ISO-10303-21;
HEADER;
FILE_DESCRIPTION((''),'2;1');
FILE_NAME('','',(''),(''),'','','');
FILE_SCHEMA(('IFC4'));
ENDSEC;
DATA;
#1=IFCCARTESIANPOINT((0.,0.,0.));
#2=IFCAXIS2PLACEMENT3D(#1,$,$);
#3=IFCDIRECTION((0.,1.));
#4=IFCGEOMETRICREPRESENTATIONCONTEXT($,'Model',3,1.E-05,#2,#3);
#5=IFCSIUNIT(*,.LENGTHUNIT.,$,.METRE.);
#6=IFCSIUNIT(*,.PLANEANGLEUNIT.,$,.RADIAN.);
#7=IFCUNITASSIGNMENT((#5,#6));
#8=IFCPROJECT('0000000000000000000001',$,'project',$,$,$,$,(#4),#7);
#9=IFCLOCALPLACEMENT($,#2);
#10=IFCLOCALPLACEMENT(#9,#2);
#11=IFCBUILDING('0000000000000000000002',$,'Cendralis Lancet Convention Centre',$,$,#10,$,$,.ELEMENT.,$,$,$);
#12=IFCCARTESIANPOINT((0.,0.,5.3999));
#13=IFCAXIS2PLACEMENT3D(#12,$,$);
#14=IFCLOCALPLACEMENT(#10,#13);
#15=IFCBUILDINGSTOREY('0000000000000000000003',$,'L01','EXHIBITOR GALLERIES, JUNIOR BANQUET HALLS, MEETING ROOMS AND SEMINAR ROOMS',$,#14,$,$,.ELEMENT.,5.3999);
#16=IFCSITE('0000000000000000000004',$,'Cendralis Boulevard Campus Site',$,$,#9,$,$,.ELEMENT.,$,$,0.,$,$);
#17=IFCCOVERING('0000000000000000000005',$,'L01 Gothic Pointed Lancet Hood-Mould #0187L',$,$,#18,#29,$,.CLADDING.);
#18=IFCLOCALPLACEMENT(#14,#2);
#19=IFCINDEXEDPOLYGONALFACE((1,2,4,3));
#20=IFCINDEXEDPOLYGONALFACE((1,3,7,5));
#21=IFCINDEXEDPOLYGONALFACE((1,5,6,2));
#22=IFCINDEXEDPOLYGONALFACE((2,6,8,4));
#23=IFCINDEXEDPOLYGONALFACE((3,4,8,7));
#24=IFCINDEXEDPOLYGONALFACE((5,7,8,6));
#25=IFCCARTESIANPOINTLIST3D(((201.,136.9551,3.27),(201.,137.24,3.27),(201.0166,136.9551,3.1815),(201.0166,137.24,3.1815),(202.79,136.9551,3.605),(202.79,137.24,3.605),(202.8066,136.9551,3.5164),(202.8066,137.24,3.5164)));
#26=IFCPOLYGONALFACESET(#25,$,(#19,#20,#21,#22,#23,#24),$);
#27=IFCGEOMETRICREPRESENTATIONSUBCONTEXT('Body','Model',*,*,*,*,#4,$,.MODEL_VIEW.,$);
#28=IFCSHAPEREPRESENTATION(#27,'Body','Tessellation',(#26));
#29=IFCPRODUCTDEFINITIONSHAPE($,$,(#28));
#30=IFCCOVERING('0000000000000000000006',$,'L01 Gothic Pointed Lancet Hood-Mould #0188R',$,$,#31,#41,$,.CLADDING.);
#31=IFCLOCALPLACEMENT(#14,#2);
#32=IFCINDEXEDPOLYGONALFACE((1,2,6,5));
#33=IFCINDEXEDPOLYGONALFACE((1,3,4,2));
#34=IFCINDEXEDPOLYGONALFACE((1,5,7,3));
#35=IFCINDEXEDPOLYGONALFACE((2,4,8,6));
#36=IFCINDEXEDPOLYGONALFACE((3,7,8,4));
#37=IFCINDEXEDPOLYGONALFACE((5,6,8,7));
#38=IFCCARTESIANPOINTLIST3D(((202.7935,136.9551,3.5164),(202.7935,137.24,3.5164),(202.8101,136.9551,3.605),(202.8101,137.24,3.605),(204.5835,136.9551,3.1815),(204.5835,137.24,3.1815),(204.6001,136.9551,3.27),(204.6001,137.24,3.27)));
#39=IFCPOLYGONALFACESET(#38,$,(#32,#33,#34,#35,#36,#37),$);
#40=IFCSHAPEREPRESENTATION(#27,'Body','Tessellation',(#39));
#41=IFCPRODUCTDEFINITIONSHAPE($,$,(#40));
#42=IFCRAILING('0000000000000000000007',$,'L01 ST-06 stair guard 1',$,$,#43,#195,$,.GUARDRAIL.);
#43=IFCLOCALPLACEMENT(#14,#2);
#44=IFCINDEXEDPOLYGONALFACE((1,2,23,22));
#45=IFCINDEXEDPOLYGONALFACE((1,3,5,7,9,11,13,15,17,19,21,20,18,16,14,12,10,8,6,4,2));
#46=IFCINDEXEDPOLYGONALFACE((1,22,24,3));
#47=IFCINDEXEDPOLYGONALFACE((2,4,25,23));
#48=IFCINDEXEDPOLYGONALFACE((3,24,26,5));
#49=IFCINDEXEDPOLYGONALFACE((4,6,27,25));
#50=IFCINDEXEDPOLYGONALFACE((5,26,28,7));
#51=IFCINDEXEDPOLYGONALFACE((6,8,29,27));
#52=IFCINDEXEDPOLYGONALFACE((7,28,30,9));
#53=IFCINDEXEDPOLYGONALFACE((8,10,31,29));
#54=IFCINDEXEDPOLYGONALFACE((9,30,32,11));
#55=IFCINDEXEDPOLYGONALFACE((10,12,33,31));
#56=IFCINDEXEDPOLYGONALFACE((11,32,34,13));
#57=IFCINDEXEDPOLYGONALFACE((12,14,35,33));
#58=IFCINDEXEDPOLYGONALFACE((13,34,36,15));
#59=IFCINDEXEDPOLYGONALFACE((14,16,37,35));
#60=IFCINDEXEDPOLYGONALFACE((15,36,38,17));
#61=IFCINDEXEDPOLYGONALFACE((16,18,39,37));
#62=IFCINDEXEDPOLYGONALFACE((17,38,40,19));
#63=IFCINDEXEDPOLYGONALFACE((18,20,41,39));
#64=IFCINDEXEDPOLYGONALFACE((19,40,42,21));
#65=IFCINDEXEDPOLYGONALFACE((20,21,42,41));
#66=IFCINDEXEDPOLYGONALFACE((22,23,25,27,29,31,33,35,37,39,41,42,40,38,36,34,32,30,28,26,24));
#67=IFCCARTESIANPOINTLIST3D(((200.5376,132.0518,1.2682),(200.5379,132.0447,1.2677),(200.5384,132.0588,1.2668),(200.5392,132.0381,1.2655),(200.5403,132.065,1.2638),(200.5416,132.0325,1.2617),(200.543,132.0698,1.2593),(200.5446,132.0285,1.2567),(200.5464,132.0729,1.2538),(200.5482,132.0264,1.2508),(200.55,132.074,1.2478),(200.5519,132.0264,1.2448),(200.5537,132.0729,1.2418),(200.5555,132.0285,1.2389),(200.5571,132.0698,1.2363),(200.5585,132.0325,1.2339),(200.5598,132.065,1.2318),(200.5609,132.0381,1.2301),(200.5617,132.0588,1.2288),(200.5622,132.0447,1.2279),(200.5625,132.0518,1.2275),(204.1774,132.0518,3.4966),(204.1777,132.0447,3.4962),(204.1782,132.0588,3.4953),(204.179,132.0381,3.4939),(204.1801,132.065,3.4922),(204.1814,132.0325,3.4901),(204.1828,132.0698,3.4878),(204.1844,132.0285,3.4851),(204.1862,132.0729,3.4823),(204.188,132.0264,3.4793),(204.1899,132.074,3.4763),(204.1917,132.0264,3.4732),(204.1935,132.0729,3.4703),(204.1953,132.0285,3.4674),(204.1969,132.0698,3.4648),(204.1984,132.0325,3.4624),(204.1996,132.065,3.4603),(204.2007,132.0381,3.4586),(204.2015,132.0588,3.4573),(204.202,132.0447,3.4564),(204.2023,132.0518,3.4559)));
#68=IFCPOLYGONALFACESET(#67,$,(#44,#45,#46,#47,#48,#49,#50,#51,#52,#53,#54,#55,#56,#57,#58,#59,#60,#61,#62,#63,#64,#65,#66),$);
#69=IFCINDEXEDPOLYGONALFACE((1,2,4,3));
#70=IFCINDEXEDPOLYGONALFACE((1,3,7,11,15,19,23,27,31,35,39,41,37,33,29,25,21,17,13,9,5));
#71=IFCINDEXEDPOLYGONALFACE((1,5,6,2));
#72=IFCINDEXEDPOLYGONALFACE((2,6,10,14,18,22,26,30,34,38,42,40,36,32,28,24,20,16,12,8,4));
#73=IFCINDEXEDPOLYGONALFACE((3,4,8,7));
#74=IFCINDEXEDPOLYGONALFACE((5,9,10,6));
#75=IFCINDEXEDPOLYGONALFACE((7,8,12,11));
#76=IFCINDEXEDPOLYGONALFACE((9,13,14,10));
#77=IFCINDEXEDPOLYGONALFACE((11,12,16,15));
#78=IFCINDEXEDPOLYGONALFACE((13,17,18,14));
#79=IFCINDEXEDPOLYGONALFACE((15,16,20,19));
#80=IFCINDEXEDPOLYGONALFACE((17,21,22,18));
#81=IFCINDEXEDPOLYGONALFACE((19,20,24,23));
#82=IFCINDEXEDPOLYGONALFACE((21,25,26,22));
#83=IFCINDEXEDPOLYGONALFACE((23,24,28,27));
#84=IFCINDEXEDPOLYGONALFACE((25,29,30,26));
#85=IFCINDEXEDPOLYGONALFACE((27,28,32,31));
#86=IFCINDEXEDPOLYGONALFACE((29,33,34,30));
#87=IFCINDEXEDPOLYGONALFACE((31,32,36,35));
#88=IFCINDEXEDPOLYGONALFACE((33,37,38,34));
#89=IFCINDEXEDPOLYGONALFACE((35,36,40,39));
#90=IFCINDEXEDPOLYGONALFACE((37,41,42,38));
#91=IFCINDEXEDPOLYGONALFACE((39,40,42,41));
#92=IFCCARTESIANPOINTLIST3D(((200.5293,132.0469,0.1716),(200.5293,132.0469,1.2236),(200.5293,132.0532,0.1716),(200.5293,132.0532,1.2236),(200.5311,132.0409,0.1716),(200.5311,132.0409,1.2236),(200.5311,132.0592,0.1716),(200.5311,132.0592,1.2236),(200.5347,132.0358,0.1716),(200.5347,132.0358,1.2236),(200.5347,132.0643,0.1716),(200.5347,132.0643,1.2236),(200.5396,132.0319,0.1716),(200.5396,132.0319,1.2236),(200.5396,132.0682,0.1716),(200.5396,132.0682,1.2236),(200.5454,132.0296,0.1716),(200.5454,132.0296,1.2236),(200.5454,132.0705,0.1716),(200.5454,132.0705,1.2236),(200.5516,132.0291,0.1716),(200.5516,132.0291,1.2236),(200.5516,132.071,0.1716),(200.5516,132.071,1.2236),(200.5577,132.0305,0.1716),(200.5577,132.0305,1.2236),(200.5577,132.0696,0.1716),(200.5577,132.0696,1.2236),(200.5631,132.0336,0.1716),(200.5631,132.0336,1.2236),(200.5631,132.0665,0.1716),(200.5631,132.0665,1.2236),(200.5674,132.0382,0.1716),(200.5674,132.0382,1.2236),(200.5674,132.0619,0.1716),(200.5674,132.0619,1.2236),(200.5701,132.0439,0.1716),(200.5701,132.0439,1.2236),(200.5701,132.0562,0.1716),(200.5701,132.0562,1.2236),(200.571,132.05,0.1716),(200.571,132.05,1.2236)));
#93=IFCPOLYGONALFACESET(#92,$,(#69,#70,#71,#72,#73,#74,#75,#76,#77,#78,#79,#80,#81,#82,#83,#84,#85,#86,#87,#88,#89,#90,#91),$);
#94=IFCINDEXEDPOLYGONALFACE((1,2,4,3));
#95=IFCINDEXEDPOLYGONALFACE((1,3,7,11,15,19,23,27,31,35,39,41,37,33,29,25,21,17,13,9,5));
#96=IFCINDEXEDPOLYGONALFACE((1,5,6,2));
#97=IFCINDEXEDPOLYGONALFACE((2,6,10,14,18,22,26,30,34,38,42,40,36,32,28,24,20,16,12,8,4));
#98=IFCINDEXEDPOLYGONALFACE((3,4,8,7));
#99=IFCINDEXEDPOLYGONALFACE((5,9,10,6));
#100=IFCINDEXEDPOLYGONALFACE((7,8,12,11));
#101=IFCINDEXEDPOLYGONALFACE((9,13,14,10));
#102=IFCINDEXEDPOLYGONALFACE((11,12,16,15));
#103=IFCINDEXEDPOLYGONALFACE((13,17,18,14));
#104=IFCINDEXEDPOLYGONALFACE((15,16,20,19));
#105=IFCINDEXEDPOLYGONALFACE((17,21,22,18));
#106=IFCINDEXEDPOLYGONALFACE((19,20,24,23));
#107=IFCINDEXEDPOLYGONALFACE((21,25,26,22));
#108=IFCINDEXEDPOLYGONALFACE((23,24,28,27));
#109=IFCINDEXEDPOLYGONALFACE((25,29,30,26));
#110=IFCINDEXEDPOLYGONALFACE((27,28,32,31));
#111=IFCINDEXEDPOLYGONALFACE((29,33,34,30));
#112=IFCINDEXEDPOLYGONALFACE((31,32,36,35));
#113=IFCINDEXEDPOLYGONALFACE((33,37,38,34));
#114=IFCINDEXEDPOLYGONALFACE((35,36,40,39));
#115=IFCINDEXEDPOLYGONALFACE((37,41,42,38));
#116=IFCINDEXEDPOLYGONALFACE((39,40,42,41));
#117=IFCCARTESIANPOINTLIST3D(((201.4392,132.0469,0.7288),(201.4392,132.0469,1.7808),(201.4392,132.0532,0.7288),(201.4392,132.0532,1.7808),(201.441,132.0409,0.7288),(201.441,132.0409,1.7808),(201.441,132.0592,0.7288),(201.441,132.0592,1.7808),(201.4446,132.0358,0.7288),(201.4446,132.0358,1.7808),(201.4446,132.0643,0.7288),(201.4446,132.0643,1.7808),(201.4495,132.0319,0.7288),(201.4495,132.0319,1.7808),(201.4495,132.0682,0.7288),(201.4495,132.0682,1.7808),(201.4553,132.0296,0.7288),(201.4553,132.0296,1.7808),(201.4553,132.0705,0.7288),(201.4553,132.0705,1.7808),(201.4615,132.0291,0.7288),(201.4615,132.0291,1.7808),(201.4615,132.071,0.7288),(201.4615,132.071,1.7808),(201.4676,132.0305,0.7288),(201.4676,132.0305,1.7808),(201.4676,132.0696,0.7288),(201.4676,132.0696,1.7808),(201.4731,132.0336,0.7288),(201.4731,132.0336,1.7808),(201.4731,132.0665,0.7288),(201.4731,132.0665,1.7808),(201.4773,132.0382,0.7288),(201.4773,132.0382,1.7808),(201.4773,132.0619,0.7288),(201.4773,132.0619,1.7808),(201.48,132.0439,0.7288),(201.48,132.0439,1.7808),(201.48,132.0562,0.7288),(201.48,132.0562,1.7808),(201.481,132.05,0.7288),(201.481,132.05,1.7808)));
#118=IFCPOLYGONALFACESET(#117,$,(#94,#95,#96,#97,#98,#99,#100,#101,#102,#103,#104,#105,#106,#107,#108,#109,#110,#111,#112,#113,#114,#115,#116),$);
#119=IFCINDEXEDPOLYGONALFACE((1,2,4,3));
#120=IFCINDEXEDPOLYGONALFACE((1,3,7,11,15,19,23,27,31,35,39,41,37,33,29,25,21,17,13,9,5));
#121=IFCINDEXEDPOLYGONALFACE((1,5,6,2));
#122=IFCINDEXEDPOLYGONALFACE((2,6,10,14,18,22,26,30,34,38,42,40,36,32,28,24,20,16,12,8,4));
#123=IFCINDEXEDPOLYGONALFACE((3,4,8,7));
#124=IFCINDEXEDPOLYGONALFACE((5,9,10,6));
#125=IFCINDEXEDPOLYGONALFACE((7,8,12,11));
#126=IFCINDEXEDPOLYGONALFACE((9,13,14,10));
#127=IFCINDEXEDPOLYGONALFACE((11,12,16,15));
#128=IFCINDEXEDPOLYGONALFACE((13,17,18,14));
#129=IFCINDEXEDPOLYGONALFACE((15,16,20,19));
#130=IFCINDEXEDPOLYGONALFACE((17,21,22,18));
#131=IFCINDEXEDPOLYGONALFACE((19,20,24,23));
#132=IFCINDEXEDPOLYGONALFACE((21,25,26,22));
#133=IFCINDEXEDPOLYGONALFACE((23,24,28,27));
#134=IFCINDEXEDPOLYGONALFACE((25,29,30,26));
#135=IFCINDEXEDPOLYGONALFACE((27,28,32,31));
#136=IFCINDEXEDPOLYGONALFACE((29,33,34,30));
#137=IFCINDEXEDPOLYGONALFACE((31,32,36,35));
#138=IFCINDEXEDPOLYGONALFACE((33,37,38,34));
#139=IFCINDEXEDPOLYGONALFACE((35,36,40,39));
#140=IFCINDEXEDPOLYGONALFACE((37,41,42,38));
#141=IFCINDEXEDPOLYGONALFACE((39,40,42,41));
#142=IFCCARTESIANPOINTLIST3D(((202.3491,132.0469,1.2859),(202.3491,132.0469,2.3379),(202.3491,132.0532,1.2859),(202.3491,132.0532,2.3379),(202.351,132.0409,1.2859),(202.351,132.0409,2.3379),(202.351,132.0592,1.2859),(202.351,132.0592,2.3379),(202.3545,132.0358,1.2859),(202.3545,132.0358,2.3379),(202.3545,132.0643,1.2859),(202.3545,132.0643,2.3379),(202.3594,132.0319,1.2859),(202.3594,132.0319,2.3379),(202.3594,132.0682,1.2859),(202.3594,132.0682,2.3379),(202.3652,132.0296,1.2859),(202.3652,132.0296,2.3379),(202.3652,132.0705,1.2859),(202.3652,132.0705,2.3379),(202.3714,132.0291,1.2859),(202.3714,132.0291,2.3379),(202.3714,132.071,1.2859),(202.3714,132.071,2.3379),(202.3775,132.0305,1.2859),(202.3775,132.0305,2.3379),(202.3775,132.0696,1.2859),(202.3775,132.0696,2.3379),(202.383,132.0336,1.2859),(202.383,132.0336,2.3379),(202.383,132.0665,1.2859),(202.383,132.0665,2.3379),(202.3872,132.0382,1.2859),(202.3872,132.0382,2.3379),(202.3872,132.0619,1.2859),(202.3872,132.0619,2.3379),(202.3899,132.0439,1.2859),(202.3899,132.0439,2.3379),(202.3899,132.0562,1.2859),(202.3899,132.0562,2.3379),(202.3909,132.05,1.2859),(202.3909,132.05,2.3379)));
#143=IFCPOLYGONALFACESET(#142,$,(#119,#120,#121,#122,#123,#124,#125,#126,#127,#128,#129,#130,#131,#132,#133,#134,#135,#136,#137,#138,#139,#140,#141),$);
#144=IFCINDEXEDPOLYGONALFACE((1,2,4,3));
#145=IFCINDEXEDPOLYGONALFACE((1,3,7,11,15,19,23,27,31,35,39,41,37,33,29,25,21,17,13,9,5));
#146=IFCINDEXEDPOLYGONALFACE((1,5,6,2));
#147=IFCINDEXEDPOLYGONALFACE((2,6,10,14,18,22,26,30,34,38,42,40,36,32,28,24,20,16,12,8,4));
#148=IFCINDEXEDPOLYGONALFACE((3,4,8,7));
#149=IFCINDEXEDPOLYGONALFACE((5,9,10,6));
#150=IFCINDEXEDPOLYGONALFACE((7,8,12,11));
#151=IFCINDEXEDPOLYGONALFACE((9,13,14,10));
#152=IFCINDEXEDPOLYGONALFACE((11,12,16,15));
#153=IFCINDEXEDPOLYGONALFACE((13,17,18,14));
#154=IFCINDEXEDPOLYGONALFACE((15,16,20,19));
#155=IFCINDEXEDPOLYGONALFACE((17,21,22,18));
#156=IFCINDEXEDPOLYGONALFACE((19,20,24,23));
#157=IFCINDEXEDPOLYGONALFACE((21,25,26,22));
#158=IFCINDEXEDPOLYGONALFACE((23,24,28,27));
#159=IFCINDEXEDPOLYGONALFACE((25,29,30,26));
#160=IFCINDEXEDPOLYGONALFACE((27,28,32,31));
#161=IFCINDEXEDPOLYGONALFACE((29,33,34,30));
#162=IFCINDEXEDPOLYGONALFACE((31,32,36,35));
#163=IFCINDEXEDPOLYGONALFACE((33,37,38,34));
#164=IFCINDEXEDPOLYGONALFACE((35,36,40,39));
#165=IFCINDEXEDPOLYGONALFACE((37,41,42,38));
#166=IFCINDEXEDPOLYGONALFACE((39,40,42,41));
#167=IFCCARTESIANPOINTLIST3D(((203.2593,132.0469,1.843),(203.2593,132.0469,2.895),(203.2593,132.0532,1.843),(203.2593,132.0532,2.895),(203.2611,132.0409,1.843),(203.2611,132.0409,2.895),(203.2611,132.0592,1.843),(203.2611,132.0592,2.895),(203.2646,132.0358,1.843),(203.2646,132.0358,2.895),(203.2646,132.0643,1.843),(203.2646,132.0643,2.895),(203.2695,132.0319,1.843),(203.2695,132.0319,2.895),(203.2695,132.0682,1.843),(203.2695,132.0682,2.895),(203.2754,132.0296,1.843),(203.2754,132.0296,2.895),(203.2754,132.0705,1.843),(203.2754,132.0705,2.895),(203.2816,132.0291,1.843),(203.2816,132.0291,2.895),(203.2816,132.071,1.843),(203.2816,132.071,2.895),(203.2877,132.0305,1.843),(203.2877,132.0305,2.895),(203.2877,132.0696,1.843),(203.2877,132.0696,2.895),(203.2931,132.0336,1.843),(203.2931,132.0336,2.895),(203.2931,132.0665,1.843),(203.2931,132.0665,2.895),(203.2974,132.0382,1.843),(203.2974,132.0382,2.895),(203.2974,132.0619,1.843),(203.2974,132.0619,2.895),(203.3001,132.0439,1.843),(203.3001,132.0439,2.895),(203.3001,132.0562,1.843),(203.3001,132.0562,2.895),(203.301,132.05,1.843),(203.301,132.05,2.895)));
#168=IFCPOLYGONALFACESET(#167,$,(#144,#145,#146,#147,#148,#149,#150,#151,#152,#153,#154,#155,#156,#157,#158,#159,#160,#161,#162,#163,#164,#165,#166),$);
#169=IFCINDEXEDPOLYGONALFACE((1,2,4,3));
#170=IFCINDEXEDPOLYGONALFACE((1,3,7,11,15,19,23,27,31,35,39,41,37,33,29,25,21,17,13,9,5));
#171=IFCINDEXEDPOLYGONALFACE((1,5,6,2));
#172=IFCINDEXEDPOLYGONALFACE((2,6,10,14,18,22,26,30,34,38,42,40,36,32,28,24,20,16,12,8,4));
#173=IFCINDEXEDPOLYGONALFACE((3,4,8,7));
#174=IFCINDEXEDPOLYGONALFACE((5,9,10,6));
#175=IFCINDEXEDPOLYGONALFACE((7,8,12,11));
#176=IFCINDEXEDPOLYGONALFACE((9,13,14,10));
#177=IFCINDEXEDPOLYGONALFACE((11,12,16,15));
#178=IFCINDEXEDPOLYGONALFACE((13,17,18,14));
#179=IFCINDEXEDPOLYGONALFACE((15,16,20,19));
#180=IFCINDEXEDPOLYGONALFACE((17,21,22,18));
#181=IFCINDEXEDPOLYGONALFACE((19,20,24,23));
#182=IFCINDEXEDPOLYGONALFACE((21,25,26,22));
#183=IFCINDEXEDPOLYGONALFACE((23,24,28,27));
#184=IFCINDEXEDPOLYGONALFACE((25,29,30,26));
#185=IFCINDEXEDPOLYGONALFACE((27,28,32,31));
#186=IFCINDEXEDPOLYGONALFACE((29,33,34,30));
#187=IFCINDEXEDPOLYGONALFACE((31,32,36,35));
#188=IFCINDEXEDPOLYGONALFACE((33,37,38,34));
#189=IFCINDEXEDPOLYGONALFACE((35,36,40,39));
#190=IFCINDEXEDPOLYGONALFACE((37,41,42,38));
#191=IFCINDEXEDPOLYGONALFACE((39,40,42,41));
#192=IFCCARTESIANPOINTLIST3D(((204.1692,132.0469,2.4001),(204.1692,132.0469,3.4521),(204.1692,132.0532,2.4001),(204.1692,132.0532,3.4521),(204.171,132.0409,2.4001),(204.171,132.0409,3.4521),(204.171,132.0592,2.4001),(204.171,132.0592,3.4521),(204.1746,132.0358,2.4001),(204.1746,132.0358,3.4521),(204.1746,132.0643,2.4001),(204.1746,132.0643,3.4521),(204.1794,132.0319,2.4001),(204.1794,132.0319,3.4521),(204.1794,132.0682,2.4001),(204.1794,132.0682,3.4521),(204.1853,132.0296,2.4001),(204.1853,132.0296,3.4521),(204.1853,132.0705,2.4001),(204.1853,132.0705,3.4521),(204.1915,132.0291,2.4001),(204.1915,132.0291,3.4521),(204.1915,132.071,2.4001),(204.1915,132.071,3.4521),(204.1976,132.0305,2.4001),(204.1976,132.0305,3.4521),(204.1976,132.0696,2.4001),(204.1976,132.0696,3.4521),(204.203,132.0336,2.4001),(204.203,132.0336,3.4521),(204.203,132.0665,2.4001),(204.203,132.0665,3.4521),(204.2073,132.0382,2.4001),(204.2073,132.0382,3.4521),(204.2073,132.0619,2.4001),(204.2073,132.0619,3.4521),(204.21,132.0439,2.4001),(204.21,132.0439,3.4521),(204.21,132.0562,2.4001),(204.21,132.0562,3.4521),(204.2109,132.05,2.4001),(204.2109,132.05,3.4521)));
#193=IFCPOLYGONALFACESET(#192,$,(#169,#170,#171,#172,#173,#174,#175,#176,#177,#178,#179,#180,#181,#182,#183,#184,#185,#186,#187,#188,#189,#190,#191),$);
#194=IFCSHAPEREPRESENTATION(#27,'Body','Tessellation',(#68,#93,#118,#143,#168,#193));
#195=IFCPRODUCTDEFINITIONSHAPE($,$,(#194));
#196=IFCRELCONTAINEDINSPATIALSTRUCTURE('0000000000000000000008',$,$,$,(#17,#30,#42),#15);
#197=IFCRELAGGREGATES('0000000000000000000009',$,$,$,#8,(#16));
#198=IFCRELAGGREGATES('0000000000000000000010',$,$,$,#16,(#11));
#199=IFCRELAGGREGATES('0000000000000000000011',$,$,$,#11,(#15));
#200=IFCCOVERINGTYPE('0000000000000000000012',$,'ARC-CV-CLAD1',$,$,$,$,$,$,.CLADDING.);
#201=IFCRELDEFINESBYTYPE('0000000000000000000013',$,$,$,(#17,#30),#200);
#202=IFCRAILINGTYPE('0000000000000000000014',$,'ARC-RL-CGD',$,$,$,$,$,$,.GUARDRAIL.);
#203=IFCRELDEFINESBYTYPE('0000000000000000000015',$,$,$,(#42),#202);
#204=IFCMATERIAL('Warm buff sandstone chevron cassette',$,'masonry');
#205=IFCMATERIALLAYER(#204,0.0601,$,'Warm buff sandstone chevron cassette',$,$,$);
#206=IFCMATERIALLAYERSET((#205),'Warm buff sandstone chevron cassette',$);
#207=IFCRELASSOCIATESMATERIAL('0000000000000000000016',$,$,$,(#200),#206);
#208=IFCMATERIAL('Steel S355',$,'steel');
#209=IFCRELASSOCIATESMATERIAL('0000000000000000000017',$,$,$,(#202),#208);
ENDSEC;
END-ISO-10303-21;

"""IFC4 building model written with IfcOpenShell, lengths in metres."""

from ifc_helpers import new_model, si_unit, direction, frame, origin, origin_2d, place, context, subcontext, project, spatial, polyline, circle, outline, extrude, material, layer, layer_set, type_object, element, save


model = new_model("IFC4")

# Units and contexts
model_context = context("Model", 3, precision=1e-05, world=origin(), true_north=direction((0.0, 1.0)))
body_context = subcontext(model_context, "Body", "Model", "MODEL_VIEW")
ifc_project = project(units=[si_unit("LENGTHUNIT", "METRE"), si_unit("PLANEANGLEUNIT", "RADIAN")], contexts=[model_context])

# Site, building, storey
site_placement = place(None, origin())
site = spatial("IfcSite", under=ifc_project, at=site_placement, Name="Cendralis Boulevard Campus Site", CompositionType="ELEMENT", RefElevation=0.0)
building_placement = place(site_placement, origin())
building = spatial("IfcBuilding", under=site, at=building_placement, Name="Cendralis Lancet Convention Centre", CompositionType="ELEMENT")
storey_placement = place(building_placement, frame((0.0, 0.0, 5.3999)))
storey = spatial("IfcBuildingStorey", under=building, at=storey_placement, Name="L01", Description="EXHIBITOR GALLERIES, JUNIOR BANQUET HALLS, MEETING ROOMS AND SEMINAR ROOMS", CompositionType="ELEMENT", Elevation=5.3999)

# Shared definitions
ifc_material_1 = material(Name="Steel S355", Category="steel")

# Coverings
ifc_material_2 = material(Name="Warm buff sandstone chevron cassette", Category="masonry")
ifc_layer_1 = layer(ifc_material_2, 0.0601, Name="Warm buff sandstone chevron cassette")
ifc_layer_set_1 = layer_set([ifc_layer_1], Name="Warm buff sandstone chevron cassette")
covering_type = type_object("IfcCoveringType", Name="ARC-CV-CLAD1", PredefinedType="CLADDING", material=ifc_layer_set_1)
for number, where, z_axis, x_axis, name in (
    (1, (201.0, 137.24, 3.27), (-0.183932, 0.0, 0.982939), (0.0, -1.0, 0.0), "L01 Gothic Pointed Lancet Hood-Mould #0187L"),
    (2, (202.8101, 137.24, 3.605), (0.183932, 0.0, 0.982939), (0.0, -1.0, 0.0), "L01 Gothic Pointed Lancet Hood-Mould #0188R"),
):
    element("IfcCovering", number, at=place(storey_placement, frame(where, z_axis=z_axis, x_axis=x_axis)), inside=storey, type_object=covering_type, Name=name, PredefinedType="CLADDING", context=body_context, shape_type="SweptSolid", body=[
        extrude(outline(polyline([(0.0, 0.0), (0.2849, 0.0), (0.2849, 1.8211), (0.0, 1.8211), (0.0, 0.0)])), origin(), (0.0, 0.0, -1.0), 0.0901),
    ])

# Railing
railing_type_1 = type_object("IfcRailingType", Name="ARC-RL-CGD", PredefinedType="GUARDRAIL", material=ifc_material_1)
railing_1_placement = place(storey_placement, frame((200.55, 132.05, 0.1716)))
element("IfcRailing", 3, at=railing_1_placement, inside=storey, type_object=railing_type_1, Name="L01 ST-06 stair guard 1", PredefinedType="GUARDRAIL", context=body_context, shape_type="SweptSolid", body=[
    extrude(circle(Radius=0.0239, at=origin_2d()), frame((0.0, 0.0, 1.0762), z_axis=(0.85285, 0.0, 0.522156), x_axis=(0.0, 1.0, 0.0)), (0.0, 0.0, 1.0), 4.2678),
    extrude(circle(Radius=0.021, at=origin_2d()), origin(), (0.0, 0.0, 1.0), 1.052),
    extrude(circle(Radius=0.021, at=origin_2d()), frame((0.9099, 0.0, 0.5571)), (0.0, 0.0, 1.0), 1.052),
    extrude(circle(Radius=0.021, at=origin_2d()), frame((1.8198, 0.0, 1.1143)), (0.0, 0.0, 1.0), 1.052),
    extrude(circle(Radius=0.021, at=origin_2d()), frame((2.73, 0.0, 1.6714)), (0.0, 0.0, 1.0), 1.052),
    extrude(circle(Radius=0.021, at=origin_2d()), frame((3.6399, 0.0, 2.2285)), (0.0, 0.0, 1.0), 1.052),
])

save(model, "model.ifc")
